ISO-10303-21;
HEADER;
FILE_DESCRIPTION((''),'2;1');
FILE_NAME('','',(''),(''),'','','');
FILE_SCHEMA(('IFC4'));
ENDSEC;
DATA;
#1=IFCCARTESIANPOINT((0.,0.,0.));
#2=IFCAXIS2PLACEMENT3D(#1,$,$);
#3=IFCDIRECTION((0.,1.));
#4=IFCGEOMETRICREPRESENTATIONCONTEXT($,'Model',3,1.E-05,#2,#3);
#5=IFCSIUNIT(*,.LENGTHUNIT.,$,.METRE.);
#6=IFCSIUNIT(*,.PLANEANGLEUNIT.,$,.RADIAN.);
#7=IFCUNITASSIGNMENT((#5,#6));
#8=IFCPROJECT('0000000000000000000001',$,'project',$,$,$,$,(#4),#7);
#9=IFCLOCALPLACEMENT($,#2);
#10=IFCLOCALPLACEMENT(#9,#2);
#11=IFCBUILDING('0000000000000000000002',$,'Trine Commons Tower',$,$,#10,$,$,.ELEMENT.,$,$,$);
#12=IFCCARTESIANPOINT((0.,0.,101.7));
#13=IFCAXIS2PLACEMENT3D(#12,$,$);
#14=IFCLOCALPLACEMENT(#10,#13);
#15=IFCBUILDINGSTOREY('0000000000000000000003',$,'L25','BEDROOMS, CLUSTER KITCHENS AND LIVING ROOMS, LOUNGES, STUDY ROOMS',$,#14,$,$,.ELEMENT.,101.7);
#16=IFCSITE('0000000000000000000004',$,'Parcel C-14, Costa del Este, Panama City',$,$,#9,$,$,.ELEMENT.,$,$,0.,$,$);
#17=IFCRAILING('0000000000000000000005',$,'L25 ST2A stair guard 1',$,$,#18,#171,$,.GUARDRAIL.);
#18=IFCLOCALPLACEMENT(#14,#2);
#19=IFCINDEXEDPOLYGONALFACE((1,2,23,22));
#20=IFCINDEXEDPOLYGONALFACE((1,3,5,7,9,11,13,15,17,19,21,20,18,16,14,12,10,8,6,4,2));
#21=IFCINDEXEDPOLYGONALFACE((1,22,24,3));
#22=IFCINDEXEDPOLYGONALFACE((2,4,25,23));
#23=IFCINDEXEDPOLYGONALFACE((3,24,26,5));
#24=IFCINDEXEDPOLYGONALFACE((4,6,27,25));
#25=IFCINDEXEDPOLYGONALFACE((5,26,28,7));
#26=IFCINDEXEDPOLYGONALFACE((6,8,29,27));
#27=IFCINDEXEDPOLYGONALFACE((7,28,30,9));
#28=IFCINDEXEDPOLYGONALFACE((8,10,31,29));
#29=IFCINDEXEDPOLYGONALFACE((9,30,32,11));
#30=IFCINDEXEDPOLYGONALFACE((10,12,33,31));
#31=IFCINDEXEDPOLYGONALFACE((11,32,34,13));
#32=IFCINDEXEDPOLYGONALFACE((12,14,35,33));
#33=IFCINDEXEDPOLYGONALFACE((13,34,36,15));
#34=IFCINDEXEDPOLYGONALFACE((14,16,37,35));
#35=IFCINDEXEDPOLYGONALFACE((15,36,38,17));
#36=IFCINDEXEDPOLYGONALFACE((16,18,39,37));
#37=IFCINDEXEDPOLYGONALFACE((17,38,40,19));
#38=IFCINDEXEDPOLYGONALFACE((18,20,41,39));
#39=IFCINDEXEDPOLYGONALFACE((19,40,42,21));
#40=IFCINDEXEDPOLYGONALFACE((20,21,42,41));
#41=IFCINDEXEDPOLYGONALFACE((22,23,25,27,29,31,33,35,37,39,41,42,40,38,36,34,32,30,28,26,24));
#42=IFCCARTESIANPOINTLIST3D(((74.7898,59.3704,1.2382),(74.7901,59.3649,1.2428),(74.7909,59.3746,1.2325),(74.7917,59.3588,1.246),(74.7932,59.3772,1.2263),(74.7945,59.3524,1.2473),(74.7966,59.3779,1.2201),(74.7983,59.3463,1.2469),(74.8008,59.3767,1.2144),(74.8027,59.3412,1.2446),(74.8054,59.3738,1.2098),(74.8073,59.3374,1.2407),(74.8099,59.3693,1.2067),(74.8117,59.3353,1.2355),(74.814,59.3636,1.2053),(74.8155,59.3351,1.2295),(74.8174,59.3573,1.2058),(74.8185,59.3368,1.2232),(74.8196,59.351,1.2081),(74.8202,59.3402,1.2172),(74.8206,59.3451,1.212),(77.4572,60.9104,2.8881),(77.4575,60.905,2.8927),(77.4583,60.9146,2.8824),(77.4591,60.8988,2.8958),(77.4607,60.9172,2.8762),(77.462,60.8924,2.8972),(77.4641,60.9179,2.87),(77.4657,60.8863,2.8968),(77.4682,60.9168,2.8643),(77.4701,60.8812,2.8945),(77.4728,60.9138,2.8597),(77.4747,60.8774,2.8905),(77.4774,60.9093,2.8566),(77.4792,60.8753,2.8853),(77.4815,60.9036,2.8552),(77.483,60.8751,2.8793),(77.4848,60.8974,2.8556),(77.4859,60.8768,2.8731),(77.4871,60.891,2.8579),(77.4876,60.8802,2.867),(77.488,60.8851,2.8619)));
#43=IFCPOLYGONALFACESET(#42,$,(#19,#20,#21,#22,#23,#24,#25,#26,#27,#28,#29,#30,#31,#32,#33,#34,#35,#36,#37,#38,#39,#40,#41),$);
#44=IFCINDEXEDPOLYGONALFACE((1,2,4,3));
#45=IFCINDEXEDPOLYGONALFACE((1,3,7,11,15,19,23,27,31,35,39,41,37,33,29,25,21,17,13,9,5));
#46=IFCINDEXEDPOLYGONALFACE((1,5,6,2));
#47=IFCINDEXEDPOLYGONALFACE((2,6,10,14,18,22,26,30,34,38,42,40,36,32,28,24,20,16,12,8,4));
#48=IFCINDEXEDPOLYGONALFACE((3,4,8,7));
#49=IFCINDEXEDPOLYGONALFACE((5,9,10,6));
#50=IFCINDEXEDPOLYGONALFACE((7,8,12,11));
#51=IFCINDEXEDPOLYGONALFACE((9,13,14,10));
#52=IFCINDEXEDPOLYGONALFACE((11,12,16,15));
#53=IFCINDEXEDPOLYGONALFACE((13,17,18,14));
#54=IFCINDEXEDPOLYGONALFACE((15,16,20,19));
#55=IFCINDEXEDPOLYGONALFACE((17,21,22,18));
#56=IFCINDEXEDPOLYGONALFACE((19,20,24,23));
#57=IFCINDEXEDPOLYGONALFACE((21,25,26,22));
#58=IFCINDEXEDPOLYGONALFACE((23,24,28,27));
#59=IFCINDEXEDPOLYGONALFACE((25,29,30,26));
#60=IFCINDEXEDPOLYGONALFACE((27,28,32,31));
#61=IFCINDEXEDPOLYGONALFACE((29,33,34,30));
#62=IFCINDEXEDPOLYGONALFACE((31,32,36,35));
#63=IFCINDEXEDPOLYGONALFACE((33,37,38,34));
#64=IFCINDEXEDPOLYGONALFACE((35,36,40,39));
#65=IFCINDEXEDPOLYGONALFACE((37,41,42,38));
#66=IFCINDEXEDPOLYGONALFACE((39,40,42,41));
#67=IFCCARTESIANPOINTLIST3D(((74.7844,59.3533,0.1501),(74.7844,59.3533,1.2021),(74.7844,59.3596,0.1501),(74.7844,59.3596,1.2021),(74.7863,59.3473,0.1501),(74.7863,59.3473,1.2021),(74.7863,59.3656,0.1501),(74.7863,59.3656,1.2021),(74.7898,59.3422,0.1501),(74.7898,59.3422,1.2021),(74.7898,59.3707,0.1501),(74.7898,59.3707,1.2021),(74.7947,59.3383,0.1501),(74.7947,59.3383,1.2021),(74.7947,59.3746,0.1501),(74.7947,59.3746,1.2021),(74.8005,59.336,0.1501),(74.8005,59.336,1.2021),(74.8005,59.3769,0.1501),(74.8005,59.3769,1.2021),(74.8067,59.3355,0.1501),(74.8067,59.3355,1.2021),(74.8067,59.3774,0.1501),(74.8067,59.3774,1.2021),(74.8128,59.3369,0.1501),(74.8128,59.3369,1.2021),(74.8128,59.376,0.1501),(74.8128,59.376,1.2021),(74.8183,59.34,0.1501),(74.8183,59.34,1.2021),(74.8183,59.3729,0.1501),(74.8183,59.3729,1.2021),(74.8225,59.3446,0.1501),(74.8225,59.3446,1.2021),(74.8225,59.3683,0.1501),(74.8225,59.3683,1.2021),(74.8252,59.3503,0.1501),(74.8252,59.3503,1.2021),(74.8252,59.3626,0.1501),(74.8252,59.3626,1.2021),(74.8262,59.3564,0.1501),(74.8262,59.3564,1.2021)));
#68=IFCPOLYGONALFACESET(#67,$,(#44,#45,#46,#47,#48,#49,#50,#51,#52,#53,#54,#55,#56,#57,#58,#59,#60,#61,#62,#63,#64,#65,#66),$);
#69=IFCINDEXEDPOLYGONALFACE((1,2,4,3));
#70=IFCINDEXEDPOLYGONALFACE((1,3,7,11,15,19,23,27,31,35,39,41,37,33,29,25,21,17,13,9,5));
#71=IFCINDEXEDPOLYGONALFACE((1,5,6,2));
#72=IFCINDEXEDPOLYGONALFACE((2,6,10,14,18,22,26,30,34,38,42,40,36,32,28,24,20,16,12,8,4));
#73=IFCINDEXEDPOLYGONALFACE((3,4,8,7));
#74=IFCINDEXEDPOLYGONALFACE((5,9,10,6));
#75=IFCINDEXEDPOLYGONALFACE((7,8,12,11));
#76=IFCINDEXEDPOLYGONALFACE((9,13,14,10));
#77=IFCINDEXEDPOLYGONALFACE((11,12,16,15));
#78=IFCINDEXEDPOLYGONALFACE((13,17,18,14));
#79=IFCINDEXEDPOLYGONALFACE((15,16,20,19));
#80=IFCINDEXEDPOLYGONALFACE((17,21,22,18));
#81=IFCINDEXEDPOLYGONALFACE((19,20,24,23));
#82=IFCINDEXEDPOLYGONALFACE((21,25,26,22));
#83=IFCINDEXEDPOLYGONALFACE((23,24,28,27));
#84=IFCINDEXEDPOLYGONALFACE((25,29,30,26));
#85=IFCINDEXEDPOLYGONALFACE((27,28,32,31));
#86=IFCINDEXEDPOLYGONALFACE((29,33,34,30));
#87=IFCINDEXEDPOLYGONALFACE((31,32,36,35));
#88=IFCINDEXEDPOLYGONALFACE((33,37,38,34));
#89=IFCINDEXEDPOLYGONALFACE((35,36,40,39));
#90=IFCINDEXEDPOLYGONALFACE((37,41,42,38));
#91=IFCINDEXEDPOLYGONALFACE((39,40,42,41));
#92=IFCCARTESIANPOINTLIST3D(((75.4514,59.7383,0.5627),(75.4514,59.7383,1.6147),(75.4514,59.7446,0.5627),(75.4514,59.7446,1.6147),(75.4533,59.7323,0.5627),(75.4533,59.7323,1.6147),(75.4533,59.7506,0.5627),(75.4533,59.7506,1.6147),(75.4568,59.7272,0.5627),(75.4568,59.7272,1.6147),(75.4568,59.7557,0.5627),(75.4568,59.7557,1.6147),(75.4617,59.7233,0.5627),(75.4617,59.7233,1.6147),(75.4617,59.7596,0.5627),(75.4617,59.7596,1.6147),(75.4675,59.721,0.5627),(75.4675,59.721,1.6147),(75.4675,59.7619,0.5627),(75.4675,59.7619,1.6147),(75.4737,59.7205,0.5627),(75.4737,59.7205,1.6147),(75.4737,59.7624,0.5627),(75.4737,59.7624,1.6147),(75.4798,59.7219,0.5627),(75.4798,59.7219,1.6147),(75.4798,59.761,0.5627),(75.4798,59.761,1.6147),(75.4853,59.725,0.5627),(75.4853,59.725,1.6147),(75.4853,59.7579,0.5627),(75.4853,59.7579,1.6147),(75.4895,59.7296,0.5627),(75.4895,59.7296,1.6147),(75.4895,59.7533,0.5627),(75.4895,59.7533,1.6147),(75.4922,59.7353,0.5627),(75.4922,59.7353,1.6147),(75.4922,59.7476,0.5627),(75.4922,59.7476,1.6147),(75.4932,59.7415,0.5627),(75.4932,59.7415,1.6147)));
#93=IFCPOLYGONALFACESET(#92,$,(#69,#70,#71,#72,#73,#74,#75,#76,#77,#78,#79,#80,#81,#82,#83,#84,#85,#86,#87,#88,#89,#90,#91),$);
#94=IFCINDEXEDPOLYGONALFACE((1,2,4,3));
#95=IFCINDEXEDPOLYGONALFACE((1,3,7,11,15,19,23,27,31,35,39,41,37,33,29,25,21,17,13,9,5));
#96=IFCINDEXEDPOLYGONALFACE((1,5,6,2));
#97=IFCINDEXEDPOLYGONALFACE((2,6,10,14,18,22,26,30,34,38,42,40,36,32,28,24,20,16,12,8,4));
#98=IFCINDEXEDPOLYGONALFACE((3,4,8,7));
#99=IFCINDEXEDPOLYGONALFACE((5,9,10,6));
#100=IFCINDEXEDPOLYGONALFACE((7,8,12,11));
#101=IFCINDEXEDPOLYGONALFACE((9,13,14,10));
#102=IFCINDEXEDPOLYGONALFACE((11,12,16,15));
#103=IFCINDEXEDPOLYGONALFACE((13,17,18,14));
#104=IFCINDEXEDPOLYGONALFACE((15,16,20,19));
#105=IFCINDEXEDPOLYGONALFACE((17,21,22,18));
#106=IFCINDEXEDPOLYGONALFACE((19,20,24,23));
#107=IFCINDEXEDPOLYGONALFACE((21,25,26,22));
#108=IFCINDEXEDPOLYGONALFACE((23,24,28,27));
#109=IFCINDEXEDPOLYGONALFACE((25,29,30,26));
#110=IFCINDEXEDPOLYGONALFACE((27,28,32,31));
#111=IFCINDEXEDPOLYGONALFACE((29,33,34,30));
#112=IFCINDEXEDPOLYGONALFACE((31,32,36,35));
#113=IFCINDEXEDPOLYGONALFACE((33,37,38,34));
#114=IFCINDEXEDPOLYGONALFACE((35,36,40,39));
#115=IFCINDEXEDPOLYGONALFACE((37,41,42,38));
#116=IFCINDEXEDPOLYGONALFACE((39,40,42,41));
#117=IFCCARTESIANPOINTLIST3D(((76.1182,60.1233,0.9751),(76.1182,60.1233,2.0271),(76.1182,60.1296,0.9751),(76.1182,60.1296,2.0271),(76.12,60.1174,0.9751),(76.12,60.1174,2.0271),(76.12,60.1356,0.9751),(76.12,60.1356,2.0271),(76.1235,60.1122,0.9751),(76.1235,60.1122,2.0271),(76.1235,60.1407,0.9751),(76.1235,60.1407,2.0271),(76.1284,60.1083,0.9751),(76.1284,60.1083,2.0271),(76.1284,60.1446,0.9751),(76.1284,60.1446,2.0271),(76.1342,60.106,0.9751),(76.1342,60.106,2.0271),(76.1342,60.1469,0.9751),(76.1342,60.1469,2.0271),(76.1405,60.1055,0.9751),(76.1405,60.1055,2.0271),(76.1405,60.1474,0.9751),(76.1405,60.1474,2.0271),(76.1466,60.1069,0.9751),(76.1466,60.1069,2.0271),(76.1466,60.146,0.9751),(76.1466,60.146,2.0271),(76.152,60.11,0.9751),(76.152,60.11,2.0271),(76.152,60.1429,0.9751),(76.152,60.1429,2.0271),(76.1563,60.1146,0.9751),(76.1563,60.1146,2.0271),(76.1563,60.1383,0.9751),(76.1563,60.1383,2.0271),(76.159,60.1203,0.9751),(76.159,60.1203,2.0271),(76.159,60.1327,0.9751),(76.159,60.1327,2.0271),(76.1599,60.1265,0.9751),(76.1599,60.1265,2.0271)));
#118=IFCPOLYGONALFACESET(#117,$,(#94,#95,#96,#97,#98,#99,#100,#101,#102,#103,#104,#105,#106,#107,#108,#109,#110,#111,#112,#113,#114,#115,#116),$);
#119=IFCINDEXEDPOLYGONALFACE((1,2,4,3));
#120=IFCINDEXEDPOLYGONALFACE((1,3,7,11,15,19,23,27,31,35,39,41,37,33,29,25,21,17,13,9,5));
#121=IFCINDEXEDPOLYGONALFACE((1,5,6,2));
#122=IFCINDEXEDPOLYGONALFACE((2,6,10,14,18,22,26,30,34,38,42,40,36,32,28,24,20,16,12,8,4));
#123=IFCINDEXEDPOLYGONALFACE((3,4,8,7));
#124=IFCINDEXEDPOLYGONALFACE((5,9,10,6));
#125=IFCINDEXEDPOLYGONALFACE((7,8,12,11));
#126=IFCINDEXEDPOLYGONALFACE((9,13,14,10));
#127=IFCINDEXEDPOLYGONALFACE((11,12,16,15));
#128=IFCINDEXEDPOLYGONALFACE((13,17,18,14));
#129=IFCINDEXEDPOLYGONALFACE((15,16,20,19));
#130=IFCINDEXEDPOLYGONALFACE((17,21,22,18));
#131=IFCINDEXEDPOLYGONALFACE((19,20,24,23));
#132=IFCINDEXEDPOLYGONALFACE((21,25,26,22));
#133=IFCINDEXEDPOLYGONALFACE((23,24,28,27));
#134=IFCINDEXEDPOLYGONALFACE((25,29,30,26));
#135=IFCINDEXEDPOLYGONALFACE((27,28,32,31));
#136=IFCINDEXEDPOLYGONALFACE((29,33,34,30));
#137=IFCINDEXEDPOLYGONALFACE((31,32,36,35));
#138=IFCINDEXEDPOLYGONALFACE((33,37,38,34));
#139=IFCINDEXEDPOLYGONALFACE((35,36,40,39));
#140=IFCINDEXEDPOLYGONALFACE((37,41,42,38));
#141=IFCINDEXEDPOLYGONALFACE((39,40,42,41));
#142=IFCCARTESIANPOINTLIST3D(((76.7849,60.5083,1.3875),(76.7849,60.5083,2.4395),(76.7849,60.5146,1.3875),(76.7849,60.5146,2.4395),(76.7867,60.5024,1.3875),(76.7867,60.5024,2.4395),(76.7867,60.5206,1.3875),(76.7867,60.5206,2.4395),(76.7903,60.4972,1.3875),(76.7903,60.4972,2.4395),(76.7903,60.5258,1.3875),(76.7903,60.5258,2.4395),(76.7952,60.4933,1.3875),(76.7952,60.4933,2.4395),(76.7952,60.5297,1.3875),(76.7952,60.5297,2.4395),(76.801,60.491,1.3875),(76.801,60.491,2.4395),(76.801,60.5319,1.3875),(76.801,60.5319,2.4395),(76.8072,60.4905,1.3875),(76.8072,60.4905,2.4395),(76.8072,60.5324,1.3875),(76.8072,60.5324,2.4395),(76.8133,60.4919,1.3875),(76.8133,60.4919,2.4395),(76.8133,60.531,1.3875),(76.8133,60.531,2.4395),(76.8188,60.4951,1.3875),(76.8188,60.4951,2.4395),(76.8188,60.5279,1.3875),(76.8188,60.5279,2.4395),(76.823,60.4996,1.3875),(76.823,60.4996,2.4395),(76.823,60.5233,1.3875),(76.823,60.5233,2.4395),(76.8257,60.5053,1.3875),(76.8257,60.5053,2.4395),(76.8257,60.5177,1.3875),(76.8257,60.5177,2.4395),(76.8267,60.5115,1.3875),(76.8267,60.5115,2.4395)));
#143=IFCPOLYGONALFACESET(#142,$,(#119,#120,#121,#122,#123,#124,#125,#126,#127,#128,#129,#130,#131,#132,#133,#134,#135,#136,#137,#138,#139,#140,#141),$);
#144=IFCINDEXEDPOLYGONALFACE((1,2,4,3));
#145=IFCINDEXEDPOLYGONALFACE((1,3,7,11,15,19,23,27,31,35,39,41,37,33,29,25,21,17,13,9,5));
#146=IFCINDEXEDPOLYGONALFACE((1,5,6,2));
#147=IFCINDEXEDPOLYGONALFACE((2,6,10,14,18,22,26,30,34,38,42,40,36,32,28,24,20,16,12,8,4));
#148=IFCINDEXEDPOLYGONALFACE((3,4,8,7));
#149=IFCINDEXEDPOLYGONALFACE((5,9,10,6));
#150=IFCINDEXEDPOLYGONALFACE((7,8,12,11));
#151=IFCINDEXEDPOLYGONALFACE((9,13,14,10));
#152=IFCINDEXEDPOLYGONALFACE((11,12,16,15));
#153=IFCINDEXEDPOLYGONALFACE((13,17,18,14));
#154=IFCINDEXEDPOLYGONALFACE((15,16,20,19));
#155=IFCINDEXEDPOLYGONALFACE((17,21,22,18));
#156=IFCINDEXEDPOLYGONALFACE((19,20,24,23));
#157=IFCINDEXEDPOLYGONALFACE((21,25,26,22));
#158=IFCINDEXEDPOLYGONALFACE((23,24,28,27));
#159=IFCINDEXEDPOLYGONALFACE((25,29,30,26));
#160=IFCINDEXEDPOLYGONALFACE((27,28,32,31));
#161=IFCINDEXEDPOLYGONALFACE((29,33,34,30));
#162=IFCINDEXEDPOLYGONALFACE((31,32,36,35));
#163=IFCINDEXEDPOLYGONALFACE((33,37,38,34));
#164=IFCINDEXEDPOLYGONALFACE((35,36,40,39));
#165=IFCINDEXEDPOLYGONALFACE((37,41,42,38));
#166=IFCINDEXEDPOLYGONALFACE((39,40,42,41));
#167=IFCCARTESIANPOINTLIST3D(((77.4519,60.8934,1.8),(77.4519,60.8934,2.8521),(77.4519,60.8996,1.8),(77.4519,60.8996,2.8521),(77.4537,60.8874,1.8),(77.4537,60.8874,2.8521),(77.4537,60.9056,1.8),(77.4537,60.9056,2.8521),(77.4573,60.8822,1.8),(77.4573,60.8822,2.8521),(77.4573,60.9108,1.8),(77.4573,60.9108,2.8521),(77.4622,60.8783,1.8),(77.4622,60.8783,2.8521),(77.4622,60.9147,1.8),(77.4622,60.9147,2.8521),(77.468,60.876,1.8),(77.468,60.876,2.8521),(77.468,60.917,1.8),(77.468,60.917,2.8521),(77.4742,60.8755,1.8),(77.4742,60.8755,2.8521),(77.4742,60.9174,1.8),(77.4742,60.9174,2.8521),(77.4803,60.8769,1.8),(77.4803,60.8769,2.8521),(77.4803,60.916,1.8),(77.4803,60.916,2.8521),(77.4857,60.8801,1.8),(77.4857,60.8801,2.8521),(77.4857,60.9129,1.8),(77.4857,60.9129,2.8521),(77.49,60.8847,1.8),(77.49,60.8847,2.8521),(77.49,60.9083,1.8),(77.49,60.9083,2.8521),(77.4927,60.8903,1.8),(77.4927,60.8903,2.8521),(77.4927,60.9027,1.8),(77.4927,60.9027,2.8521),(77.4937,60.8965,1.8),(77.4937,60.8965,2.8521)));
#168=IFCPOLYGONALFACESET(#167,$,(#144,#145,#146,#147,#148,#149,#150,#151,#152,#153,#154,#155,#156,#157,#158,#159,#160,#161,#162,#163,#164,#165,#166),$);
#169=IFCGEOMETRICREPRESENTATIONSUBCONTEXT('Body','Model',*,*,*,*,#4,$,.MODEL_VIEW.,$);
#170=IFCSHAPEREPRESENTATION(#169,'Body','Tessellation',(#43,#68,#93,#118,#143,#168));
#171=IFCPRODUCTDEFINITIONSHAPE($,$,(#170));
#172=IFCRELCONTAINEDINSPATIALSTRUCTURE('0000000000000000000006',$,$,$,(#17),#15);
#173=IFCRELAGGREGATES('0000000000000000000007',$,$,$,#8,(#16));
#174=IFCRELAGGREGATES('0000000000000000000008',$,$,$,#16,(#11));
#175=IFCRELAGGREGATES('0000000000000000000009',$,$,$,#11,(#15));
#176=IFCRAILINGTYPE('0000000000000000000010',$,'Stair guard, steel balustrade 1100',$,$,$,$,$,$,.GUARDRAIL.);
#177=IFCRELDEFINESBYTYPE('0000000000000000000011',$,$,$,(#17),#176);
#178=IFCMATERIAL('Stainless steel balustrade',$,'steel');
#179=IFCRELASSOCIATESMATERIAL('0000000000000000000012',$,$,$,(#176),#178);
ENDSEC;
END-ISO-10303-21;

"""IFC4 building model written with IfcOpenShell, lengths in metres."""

from ifc_helpers import new_model, si_unit, direction, frame, origin, origin_2d, place, context, subcontext, project, spatial, circle, extrude, material, type_object, element, save


model = new_model("IFC4")

# Units and contexts
model_context = context("Model", 3, precision=1e-05, world=origin(), true_north=direction((0.0, 1.0)))
body_context = subcontext(model_context, "Body", "Model", "MODEL_VIEW")
ifc_project = project(units=[si_unit("LENGTHUNIT", "METRE"), si_unit("PLANEANGLEUNIT", "RADIAN")], contexts=[model_context])

# Site, building, storey
site_placement = place(None, origin())
site = spatial("IfcSite", under=ifc_project, at=site_placement, Name="Parcel C-14, Costa del Este, Panama City", CompositionType="ELEMENT", RefElevation=0.0)
building_placement = place(site_placement, origin())
building = spatial("IfcBuilding", under=site, at=building_placement, Name="Trine Commons Tower", CompositionType="ELEMENT")
storey_placement = place(building_placement, frame((0.0, 0.0, 101.7)))
storey = spatial("IfcBuildingStorey", under=building, at=storey_placement, Name="L25", Description="BEDROOMS, CLUSTER KITCHENS AND LIVING ROOMS, LOUNGES, STUDY ROOMS", CompositionType="ELEMENT", Elevation=101.7)

# Railing
ifc_material_1 = material(Name="Stainless steel balustrade", Category="steel")
railing_type_1 = type_object("IfcRailingType", Name="Stair guard, steel balustrade 1100", PredefinedType="GUARDRAIL", material=ifc_material_1)
railing_1_placement = place(storey_placement, frame((74.8052, 59.3564, 0.1501)))
element("IfcRailing", 1, at=railing_1_placement, inside=storey, type_object=railing_type_1, Name="L25 ST2A stair guard 1", PredefinedType="GUARDRAIL", context=body_context, shape_type="SweptSolid", body=[
    extrude(circle(Radius=0.0239, at=origin_2d()), frame((0.0, 0.0, 1.0762), z_axis=(0.763405, 0.440743, 0.472185), x_axis=(-0.499992, 0.86603, 0.0)), (0.0, 0.0, 1.0), 3.4941),
    extrude(circle(Radius=0.021, at=origin_2d()), origin(), (0.0, 0.0, 1.0), 1.052),
    extrude(circle(Radius=0.021, at=origin_2d()), frame((0.667, 0.385, 0.4126)), (0.0, 0.0, 1.0), 1.052),
    extrude(circle(Radius=0.021, at=origin_2d()), frame((1.3337, 0.77, 0.825)), (0.0, 0.0, 1.0), 1.052),
    extrude(circle(Radius=0.021, at=origin_2d()), frame((2.0005, 1.155, 1.2373)), (0.0, 0.0, 1.0), 1.052),
    extrude(circle(Radius=0.021, at=origin_2d()), frame((2.6675, 1.54, 1.6499)), (0.0, 0.0, 1.0), 1.052),
])

save(model, "model.ifc")
